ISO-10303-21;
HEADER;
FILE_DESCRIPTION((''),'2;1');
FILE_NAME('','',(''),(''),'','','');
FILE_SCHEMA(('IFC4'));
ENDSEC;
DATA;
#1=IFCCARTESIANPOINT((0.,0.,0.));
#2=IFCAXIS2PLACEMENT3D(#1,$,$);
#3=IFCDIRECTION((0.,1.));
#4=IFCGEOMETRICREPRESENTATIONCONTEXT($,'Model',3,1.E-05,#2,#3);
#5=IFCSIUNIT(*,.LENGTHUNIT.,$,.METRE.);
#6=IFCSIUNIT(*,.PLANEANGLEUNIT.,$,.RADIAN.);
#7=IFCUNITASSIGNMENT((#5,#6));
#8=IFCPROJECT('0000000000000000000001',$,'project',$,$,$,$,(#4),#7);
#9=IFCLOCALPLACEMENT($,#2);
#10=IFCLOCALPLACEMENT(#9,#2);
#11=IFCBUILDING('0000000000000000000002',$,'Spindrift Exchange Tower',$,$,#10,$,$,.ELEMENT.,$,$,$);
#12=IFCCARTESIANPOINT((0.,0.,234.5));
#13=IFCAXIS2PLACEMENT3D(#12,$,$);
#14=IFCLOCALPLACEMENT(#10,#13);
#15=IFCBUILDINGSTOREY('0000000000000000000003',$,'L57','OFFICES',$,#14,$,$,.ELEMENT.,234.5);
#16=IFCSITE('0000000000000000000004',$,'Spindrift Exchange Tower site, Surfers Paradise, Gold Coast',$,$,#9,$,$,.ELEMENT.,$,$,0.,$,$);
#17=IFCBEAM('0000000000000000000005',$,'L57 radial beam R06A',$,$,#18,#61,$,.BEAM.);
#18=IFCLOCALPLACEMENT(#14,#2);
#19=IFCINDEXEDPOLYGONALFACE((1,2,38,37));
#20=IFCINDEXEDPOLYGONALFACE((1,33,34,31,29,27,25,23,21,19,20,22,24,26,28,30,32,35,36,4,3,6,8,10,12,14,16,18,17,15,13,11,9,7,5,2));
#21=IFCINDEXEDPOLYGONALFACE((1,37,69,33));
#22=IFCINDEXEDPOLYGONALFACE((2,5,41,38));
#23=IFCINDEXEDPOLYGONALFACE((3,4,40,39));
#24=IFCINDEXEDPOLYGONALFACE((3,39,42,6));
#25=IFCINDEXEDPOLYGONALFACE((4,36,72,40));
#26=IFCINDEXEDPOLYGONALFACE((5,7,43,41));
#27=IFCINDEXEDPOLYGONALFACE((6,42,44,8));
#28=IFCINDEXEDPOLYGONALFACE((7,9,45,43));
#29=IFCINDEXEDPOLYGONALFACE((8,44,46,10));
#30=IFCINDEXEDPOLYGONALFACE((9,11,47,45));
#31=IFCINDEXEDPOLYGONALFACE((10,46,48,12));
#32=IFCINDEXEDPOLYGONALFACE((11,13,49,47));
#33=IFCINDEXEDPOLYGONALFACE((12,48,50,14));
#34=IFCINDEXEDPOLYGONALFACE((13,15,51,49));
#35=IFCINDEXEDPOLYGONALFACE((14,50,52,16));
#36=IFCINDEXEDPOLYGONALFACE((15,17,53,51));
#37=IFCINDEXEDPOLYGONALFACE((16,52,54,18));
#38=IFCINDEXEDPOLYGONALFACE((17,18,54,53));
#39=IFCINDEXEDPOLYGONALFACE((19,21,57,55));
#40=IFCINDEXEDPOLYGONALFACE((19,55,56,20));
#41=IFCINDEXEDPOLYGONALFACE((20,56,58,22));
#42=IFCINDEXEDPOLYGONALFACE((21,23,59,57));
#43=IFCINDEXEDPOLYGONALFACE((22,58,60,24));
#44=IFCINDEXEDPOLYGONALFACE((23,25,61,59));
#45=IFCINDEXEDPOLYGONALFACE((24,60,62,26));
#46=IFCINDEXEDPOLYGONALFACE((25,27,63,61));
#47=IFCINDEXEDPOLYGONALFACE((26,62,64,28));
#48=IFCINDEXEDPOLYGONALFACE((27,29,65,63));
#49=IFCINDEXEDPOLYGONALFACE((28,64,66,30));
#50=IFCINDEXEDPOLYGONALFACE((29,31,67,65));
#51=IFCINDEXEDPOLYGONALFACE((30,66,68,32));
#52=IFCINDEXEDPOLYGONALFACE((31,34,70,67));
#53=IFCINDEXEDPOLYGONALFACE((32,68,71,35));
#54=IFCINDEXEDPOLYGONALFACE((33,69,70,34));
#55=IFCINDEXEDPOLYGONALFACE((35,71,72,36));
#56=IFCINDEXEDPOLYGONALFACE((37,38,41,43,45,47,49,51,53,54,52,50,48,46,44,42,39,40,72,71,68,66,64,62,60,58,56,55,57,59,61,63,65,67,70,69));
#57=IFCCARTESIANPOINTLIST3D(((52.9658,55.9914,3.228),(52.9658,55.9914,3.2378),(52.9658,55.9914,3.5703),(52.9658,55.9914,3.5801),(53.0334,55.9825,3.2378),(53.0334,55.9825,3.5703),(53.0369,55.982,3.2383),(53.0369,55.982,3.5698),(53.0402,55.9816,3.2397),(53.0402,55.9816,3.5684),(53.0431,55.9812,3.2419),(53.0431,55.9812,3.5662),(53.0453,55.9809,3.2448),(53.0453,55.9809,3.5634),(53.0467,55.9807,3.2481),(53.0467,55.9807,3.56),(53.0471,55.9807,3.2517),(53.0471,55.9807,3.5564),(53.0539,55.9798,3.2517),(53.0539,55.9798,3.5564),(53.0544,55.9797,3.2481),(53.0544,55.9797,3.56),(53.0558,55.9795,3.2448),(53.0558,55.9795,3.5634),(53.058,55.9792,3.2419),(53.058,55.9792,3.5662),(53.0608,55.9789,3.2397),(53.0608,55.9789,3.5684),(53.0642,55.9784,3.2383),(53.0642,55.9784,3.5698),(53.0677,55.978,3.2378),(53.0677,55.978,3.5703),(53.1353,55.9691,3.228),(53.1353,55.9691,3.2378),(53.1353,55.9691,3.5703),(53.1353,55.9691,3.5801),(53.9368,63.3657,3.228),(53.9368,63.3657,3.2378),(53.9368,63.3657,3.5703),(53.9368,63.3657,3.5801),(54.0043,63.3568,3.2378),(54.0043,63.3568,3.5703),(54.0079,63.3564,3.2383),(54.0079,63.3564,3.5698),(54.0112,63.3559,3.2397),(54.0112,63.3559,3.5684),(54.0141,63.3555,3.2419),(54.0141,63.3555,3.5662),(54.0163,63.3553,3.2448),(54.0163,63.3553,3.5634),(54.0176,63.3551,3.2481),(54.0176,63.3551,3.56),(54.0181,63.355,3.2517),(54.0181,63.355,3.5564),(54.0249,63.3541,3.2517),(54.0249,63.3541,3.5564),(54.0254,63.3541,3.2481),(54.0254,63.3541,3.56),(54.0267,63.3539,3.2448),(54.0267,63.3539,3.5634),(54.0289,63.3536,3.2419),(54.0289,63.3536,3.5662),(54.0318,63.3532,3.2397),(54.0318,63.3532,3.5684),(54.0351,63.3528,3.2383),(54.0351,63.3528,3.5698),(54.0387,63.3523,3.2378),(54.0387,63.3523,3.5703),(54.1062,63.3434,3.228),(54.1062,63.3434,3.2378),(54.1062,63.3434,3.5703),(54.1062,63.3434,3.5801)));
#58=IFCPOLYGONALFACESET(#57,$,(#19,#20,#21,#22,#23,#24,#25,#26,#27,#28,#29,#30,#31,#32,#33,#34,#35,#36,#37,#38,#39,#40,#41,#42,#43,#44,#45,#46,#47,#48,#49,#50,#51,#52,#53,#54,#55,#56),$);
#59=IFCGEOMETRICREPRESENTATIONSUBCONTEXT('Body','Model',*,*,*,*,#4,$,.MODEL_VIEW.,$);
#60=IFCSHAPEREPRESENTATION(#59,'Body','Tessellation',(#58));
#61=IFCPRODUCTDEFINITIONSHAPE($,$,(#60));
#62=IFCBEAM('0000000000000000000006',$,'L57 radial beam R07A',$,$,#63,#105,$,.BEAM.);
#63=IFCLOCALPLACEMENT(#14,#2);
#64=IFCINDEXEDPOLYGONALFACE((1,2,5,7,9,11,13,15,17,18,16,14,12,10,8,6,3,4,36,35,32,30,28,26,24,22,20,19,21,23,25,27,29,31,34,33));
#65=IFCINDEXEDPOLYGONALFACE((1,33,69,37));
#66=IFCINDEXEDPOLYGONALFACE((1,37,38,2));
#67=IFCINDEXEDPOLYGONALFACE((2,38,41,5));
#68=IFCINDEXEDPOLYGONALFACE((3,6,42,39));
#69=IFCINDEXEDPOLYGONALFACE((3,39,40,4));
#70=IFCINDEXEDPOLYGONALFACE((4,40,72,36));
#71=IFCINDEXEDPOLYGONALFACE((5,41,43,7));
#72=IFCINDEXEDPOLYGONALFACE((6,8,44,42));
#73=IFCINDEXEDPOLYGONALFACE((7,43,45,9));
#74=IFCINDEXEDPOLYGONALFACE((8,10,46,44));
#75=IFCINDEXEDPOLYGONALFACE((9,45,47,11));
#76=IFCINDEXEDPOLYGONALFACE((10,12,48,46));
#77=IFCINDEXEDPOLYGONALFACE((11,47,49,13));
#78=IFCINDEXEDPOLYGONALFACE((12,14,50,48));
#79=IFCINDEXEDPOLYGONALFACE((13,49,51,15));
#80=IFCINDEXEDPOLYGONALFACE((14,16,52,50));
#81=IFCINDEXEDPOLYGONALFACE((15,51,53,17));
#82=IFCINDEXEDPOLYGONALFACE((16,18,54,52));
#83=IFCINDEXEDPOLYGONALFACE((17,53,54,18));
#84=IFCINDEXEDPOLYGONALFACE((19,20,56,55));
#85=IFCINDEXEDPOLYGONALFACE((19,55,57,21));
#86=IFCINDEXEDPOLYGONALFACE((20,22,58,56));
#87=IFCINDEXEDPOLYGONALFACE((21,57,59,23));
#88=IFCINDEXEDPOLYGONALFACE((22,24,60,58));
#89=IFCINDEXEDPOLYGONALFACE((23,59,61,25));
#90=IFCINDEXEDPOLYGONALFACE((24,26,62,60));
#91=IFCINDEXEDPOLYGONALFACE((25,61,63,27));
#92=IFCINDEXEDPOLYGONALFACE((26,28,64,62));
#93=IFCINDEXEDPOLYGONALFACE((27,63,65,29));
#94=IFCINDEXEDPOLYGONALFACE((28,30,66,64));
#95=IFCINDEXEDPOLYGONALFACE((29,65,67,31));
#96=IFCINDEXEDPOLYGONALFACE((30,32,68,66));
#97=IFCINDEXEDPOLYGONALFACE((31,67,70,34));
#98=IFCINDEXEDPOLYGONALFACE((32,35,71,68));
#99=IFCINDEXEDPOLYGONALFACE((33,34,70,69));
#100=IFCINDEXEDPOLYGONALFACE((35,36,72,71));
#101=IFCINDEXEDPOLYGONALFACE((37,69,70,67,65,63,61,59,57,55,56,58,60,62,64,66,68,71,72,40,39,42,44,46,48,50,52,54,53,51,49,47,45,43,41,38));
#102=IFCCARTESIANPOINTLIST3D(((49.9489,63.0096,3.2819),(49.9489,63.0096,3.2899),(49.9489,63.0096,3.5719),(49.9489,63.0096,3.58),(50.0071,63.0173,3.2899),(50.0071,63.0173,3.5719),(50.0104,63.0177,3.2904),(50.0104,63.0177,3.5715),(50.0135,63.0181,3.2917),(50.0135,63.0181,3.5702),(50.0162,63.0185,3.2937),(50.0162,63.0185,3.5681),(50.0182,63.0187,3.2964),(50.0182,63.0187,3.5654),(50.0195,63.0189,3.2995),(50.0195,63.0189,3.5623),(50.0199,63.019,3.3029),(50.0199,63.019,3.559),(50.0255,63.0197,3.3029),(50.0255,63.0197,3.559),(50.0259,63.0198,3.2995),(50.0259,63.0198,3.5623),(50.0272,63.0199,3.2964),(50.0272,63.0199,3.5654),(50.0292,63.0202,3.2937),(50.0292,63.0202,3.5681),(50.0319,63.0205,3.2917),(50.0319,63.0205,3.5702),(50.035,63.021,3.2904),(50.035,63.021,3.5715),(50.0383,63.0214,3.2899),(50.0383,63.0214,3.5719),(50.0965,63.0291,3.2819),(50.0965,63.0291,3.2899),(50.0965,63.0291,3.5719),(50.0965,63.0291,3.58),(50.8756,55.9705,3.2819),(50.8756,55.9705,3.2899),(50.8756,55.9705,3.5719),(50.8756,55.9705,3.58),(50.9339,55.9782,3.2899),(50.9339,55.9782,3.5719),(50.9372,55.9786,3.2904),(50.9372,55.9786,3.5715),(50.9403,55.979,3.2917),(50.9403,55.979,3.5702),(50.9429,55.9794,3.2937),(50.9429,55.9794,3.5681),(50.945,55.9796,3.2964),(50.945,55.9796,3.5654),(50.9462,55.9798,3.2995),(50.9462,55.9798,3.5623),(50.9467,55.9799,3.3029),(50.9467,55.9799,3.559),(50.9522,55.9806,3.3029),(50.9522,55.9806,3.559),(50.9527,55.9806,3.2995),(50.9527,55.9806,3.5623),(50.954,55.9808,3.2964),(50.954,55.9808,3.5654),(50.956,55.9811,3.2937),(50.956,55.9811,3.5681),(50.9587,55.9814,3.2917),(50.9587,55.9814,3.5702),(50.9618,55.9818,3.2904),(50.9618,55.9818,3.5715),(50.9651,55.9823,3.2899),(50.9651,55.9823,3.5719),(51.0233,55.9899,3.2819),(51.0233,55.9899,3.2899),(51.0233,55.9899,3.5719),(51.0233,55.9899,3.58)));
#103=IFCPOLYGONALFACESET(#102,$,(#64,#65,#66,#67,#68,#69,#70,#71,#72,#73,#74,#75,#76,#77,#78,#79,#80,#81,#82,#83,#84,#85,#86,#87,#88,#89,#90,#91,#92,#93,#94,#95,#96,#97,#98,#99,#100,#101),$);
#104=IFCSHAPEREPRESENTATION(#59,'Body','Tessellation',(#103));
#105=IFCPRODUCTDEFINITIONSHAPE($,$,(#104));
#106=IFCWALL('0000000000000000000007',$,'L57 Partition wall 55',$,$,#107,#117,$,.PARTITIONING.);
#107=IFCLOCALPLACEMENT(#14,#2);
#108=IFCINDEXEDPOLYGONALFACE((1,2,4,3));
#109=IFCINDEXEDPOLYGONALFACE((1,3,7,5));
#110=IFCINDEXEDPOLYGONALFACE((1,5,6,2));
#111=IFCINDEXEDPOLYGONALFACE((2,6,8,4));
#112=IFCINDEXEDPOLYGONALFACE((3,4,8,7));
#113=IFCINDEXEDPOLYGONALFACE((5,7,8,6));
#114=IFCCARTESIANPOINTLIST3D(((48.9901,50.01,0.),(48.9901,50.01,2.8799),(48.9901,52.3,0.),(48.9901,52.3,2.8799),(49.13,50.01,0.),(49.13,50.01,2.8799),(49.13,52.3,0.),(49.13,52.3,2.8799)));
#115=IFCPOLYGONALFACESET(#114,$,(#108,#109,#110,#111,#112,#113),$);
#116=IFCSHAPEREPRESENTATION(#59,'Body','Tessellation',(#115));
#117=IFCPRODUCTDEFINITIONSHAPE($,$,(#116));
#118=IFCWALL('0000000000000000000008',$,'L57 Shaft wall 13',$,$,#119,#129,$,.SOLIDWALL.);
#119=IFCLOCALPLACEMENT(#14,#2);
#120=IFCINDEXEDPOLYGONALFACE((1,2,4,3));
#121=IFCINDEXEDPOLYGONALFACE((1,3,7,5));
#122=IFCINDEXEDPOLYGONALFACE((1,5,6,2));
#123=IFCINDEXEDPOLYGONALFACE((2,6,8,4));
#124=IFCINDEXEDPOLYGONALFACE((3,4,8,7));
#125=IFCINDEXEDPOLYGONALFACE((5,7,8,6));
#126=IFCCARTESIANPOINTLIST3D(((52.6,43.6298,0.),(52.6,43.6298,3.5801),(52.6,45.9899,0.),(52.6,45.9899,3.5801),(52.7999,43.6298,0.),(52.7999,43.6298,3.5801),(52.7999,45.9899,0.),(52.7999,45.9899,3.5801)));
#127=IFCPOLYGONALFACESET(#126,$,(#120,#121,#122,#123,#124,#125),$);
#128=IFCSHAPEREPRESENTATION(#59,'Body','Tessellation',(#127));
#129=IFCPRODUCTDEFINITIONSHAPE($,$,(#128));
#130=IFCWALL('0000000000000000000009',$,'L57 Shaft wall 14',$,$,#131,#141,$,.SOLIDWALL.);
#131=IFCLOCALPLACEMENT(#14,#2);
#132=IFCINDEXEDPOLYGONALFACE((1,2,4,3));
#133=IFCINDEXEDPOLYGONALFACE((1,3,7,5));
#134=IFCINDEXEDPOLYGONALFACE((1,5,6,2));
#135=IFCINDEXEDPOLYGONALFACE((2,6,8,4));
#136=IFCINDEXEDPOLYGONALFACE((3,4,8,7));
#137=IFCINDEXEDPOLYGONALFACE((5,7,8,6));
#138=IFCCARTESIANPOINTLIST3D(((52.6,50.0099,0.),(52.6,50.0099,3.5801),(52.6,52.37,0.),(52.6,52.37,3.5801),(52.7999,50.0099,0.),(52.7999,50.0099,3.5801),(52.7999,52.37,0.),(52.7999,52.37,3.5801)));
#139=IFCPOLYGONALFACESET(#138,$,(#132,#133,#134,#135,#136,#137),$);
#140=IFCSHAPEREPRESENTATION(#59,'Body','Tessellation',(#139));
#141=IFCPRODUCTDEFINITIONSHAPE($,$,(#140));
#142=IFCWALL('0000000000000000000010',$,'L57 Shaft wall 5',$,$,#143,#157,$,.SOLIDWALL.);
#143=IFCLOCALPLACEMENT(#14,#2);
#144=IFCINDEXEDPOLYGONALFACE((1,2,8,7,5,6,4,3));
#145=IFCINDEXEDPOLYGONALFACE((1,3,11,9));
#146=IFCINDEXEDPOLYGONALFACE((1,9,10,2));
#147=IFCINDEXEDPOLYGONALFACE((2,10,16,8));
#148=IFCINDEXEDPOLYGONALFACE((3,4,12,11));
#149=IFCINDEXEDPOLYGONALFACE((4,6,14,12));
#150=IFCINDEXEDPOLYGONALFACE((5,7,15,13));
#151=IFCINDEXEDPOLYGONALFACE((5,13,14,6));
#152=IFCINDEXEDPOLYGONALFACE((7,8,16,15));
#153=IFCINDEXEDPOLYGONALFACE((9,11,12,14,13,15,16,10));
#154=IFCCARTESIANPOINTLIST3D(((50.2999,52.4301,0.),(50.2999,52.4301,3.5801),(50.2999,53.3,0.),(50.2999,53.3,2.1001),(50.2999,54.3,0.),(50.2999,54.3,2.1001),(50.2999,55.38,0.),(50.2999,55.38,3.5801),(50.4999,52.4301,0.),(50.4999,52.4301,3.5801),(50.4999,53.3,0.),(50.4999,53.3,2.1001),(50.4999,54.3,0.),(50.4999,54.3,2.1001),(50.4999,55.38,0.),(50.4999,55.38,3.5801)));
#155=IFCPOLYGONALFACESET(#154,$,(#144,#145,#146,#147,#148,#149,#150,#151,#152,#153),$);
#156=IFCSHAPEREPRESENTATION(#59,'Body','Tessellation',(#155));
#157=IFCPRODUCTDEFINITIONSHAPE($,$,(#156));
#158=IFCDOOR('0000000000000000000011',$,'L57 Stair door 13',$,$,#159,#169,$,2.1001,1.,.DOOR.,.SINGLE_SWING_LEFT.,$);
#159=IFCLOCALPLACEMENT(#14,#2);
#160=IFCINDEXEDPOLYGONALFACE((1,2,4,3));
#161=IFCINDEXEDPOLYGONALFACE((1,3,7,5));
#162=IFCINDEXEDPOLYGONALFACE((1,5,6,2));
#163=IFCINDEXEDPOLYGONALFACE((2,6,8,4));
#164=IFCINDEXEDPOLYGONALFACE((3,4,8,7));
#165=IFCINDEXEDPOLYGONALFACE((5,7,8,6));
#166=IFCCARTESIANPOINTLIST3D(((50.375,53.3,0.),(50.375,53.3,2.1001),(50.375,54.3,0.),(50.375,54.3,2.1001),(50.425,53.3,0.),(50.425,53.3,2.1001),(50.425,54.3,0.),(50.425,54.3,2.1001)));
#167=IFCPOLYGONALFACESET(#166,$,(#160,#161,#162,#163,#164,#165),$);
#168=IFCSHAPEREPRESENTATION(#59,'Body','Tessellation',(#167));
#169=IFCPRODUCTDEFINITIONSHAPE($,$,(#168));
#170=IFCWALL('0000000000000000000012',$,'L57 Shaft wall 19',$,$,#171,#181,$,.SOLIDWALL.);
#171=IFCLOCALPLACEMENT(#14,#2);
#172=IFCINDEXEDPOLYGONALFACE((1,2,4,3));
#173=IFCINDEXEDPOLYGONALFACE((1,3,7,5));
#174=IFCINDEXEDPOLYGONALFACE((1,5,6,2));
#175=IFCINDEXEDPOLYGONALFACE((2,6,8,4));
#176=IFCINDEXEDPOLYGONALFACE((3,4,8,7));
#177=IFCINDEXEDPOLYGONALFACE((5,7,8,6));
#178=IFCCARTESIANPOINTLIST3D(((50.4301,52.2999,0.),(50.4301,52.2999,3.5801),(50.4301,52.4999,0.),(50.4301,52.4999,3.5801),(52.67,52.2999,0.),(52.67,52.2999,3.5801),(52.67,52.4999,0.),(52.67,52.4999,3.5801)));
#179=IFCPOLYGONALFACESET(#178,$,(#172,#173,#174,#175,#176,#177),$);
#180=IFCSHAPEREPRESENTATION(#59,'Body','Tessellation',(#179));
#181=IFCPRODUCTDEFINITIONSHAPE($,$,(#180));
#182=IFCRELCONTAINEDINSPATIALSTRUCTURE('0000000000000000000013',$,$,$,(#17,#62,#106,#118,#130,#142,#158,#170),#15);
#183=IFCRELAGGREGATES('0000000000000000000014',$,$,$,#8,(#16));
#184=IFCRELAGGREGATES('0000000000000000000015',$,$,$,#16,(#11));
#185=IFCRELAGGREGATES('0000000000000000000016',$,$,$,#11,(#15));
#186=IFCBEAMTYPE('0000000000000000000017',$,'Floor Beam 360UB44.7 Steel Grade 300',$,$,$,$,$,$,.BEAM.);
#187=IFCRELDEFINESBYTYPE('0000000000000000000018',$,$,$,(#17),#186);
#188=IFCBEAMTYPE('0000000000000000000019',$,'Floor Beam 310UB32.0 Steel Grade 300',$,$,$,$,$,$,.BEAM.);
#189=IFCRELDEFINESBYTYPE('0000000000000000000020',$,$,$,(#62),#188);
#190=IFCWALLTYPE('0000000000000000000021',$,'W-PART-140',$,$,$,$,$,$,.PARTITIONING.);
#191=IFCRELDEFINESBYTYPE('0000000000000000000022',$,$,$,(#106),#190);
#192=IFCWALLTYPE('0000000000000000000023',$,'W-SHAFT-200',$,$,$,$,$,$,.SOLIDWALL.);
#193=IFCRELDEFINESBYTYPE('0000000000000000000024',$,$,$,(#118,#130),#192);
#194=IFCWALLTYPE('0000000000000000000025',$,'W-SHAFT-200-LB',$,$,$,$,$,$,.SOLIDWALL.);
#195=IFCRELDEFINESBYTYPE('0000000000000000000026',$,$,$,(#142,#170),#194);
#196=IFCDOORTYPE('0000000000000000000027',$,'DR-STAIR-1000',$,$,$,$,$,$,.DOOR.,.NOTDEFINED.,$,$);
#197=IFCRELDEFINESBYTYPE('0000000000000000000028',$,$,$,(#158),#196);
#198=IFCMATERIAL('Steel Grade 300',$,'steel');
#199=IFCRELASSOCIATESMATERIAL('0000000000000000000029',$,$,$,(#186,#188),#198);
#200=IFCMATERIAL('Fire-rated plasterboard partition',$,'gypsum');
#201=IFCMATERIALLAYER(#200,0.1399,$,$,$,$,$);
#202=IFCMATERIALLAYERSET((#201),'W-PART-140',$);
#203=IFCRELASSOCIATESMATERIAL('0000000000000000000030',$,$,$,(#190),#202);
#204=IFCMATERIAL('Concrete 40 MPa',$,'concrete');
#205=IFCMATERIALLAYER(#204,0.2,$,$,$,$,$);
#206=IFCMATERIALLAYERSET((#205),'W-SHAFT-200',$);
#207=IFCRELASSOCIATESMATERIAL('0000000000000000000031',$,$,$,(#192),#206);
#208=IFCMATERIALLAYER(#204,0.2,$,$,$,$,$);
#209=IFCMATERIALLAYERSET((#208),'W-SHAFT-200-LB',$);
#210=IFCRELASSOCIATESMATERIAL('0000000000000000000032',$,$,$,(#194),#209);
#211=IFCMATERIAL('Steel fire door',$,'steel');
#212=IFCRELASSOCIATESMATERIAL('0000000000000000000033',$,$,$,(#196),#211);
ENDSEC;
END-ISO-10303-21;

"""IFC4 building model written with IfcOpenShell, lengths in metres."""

from ifc_helpers import new_model, si_unit, direction, frame, frame_2d, origin, origin_2d, place, context, subcontext, project, spatial, rectangle, i_section, extrude, source, transform, mapped, material, layer, layer_set, material_profile, profile_set, type_object, element, fill, save


model = new_model("IFC4")

# Units and contexts
model_context = context("Model", 3, precision=1e-05, world=origin(), true_north=direction((0.0, 1.0)))
body_context = subcontext(model_context, "Body", "Model", "MODEL_VIEW")
ifc_project = project(units=[si_unit("LENGTHUNIT", "METRE"), si_unit("PLANEANGLEUNIT", "RADIAN")], contexts=[model_context])

# Site, building, storey
site_placement = place(None, origin())
site = spatial("IfcSite", under=ifc_project, at=site_placement, Name="Spindrift Exchange Tower site, Surfers Paradise, Gold Coast", CompositionType="ELEMENT", RefElevation=0.0)
building_placement = place(site_placement, origin())
building = spatial("IfcBuilding", under=site, at=building_placement, Name="Spindrift Exchange Tower", CompositionType="ELEMENT")
storey_placement = place(building_placement, frame((0.0, 0.0, 234.5)))
storey = spatial("IfcBuildingStorey", under=building, at=storey_placement, Name="L57", Description="OFFICES", CompositionType="ELEMENT", Elevation=234.5)

# Beams
ifc_material_1 = material(Name="Steel Grade 300", Category="steel")
ifc_material_profile_1 = material_profile(ifc_material_1, i_section(OverallWidth=0.1709, OverallDepth=0.3521, WebThickness=0.0068, FlangeThickness=0.0098, FilletRadius=0.0139, at=origin_2d()), Name="360UB44.7")
ifc_profile_set_1 = profile_set([ifc_material_profile_1], Name="Steel Grade 300")
beam_type_1 = type_object("IfcBeamType", Name="Floor Beam 360UB44.7 Steel Grade 300", PredefinedType="BEAM", material=ifc_profile_set_1)
shared_shape_1 = source(origin(), body_context, "Body", "SweptSolid", [
    extrude(i_section(OverallWidth=0.1709, OverallDepth=0.3521, WebThickness=0.0068, FlangeThickness=0.0098, FilletRadius=0.0139, at=origin_2d()), origin(), (0.0, 0.0, 1.0), 7.438),
])
beam_1_placement = place(storey_placement, frame((53.0505, 55.9802, 3.4041), z_axis=(0.13054, 0.991443, 0.0), x_axis=(-0.991443, 0.13054, 0.0)))
element("IfcBeam", 1, at=beam_1_placement, inside=storey, type_object=beam_type_1, Name="L57 radial beam R06A", PredefinedType="BEAM", context=body_context, shape_type="MappedRepresentation", body=[
    mapped(shared_shape_1, transform((0.0, 0.0, 0.0), scale=1.0)),
])
ifc_material_profile_2 = material_profile(ifc_material_1, i_section(OverallWidth=0.1489, OverallDepth=0.2981, WebThickness=0.0056, FlangeThickness=0.0081, FilletRadius=0.0129, at=origin_2d()), Name="310UB32.0")
ifc_profile_set_2 = profile_set([ifc_material_profile_2], Name="Steel Grade 300")
beam_type_2 = type_object("IfcBeamType", Name="Floor Beam 310UB32.0 Steel Grade 300", PredefinedType="BEAM", material=ifc_profile_set_2)
shared_shape_2 = source(origin(), body_context, "Body", "SweptSolid", [
    extrude(i_section(OverallWidth=0.1489, OverallDepth=0.2981, WebThickness=0.0056, FlangeThickness=0.0081, FilletRadius=0.0129, at=origin_2d()), origin(), (0.0, 0.0, 1.0), 7.0999),
])
beam_2_placement = place(storey_placement, frame((50.9495, 55.9802, 3.4309), z_axis=(-0.130533, 0.991444, 0.0), x_axis=(-0.991444, -0.130533, 0.0)))
element("IfcBeam", 2, at=beam_2_placement, inside=storey, type_object=beam_type_2, Name="L57 radial beam R07A", PredefinedType="BEAM", context=body_context, shape_type="MappedRepresentation", body=[
    mapped(shared_shape_2, transform((0.0, 0.0, 0.0), scale=1.0)),
])

# Walls
ifc_material_2 = material(Name="Fire-rated plasterboard partition", Category="gypsum")
ifc_layer_1 = layer(ifc_material_2, 0.1399)
ifc_layer_set_1 = layer_set([ifc_layer_1], Name="W-PART-140")
wall_type_1 = type_object("IfcWallType", Name="W-PART-140", PredefinedType="PARTITIONING", material=ifc_layer_set_1)
wall_1_placement = place(storey_placement, frame((49.0601, 50.01, 0.0), z_axis=(0.0, 0.0, 1.0), x_axis=(0.0, 1.0, 0.0)))
element("IfcWall", 3, at=wall_1_placement, inside=storey, type_object=wall_type_1, Name="L57 Partition wall 55", PredefinedType="PARTITIONING", context=body_context, shape_type="SweptSolid", body=[
    extrude(rectangle(XDim=2.29, YDim=0.1399, at=frame_2d((1.145, 0.0))), origin(), (0.0, 0.0, 1.0), 2.8799),
])
ifc_material_3 = material(Name="Concrete 40 MPa", Category="concrete")
ifc_layer_2 = layer(ifc_material_3, 0.2)
ifc_layer_set_2 = layer_set([ifc_layer_2], Name="W-SHAFT-200")
wall_type_2 = type_object("IfcWallType", Name="W-SHAFT-200", PredefinedType="SOLIDWALL", material=ifc_layer_set_2)
for number, where, z_axis, x_axis, name in (
    (4, (52.7, 45.99, 0.0), (0.0, 0.0, 1.0), (0.0, -1.0, 0.0), "L57 Shaft wall 13"),
    (5, (52.7, 52.3701, 0.0), (0.0, 0.0, 1.0), (0.0, -1.0, 0.0), "L57 Shaft wall 14"),
):
    element("IfcWall", number, at=place(storey_placement, frame(where, z_axis=z_axis, x_axis=x_axis)), inside=storey, type_object=wall_type_2, Name=name, PredefinedType="SOLIDWALL", context=body_context, shape_type="SweptSolid", body=[
        extrude(rectangle(XDim=2.3601, YDim=0.2, at=frame_2d((1.1802, 0.0))), origin(), (0.0, 0.0, 1.0), 3.5801),
    ])

# Wall, opening, door
ifc_layer_3 = layer(ifc_material_3, 0.2)
ifc_layer_set_3 = layer_set([ifc_layer_3], Name="W-SHAFT-200-LB")
wall_type_3 = type_object("IfcWallType", Name="W-SHAFT-200-LB", PredefinedType="SOLIDWALL", material=ifc_layer_set_3)
wall_2_placement = place(storey_placement, frame((50.3999, 52.4299, 0.0), z_axis=(0.0, 0.0, 1.0), x_axis=(0.0, 1.0, 0.0)))
wall_2 = element("IfcWall", 6, at=wall_2_placement, inside=storey, type_object=wall_type_3, Name="L57 Shaft wall 5", PredefinedType="SOLIDWALL", context=body_context, shape_type="SweptSolid", body=[
    extrude(rectangle(XDim=2.95, YDim=0.2, at=frame_2d((1.4751, 0.0))), origin(), (0.0, 0.0, 1.0), 3.5801),
])
opening_placement = place(wall_2_placement, frame((0.8701, 0.0, 0.0)))
opening = element("IfcOpeningElement", 7, at=opening_placement, cuts=wall_2, PredefinedType="OPENING", context=body_context, shape_type="SweptSolid", body=[
    extrude(rectangle(XDim=1.0, YDim=2.1001, at=frame_2d((0.5, 1.05))), frame((0.0, 0.1099, 0.0), z_axis=(0.0, -1.0, 0.0), x_axis=(1.0, 0.0, 0.0)), (0.0, 0.0, 1.0), 0.22),
])
ifc_material_4 = material(Name="Steel fire door", Category="steel")
door_type = type_object("IfcDoorType", Name="DR-STAIR-1000", OperationType="NOTDEFINED", PredefinedType="DOOR", material=ifc_material_4)
shared_shape_3 = source(origin(), body_context, "Body", "SweptSolid", [
    extrude(rectangle(XDim=1.0, YDim=2.1001, at=frame_2d((0.5, 1.05))), frame((0.0, 0.0249, 0.0), z_axis=(0.0, -1.0, 0.0), x_axis=(1.0, 0.0, 0.0)), (0.0, 0.0, 1.0), 0.05),
])
door_placement = place(opening_placement, origin())
door = element("IfcDoor", 8, at=door_placement, inside=storey, type_object=door_type, Name="L57 Stair door 13", OperationType="SINGLE_SWING_LEFT", OverallHeight=2.1001, OverallWidth=1.0, PredefinedType="DOOR", context=body_context, shape_type="MappedRepresentation", body=[
    mapped(shared_shape_3, transform((0.0, 0.0, 0.0), scale=1.0)),
])
fill(opening, door)

# Wall
wall_3_placement = place(storey_placement, frame((50.4299, 52.3999, 0.0), z_axis=(0.0, 0.0, 1.0), x_axis=(1.0, 0.0, 0.0)))
element("IfcWall", 9, at=wall_3_placement, inside=storey, type_object=wall_type_3, Name="L57 Shaft wall 19", PredefinedType="SOLIDWALL", context=body_context, shape_type="SweptSolid", body=[
    extrude(rectangle(XDim=2.24, YDim=0.2, at=frame_2d((1.1201, 0.0))), origin(), (0.0, 0.0, 1.0), 3.5801),
])

save(model, "model.ifc")
